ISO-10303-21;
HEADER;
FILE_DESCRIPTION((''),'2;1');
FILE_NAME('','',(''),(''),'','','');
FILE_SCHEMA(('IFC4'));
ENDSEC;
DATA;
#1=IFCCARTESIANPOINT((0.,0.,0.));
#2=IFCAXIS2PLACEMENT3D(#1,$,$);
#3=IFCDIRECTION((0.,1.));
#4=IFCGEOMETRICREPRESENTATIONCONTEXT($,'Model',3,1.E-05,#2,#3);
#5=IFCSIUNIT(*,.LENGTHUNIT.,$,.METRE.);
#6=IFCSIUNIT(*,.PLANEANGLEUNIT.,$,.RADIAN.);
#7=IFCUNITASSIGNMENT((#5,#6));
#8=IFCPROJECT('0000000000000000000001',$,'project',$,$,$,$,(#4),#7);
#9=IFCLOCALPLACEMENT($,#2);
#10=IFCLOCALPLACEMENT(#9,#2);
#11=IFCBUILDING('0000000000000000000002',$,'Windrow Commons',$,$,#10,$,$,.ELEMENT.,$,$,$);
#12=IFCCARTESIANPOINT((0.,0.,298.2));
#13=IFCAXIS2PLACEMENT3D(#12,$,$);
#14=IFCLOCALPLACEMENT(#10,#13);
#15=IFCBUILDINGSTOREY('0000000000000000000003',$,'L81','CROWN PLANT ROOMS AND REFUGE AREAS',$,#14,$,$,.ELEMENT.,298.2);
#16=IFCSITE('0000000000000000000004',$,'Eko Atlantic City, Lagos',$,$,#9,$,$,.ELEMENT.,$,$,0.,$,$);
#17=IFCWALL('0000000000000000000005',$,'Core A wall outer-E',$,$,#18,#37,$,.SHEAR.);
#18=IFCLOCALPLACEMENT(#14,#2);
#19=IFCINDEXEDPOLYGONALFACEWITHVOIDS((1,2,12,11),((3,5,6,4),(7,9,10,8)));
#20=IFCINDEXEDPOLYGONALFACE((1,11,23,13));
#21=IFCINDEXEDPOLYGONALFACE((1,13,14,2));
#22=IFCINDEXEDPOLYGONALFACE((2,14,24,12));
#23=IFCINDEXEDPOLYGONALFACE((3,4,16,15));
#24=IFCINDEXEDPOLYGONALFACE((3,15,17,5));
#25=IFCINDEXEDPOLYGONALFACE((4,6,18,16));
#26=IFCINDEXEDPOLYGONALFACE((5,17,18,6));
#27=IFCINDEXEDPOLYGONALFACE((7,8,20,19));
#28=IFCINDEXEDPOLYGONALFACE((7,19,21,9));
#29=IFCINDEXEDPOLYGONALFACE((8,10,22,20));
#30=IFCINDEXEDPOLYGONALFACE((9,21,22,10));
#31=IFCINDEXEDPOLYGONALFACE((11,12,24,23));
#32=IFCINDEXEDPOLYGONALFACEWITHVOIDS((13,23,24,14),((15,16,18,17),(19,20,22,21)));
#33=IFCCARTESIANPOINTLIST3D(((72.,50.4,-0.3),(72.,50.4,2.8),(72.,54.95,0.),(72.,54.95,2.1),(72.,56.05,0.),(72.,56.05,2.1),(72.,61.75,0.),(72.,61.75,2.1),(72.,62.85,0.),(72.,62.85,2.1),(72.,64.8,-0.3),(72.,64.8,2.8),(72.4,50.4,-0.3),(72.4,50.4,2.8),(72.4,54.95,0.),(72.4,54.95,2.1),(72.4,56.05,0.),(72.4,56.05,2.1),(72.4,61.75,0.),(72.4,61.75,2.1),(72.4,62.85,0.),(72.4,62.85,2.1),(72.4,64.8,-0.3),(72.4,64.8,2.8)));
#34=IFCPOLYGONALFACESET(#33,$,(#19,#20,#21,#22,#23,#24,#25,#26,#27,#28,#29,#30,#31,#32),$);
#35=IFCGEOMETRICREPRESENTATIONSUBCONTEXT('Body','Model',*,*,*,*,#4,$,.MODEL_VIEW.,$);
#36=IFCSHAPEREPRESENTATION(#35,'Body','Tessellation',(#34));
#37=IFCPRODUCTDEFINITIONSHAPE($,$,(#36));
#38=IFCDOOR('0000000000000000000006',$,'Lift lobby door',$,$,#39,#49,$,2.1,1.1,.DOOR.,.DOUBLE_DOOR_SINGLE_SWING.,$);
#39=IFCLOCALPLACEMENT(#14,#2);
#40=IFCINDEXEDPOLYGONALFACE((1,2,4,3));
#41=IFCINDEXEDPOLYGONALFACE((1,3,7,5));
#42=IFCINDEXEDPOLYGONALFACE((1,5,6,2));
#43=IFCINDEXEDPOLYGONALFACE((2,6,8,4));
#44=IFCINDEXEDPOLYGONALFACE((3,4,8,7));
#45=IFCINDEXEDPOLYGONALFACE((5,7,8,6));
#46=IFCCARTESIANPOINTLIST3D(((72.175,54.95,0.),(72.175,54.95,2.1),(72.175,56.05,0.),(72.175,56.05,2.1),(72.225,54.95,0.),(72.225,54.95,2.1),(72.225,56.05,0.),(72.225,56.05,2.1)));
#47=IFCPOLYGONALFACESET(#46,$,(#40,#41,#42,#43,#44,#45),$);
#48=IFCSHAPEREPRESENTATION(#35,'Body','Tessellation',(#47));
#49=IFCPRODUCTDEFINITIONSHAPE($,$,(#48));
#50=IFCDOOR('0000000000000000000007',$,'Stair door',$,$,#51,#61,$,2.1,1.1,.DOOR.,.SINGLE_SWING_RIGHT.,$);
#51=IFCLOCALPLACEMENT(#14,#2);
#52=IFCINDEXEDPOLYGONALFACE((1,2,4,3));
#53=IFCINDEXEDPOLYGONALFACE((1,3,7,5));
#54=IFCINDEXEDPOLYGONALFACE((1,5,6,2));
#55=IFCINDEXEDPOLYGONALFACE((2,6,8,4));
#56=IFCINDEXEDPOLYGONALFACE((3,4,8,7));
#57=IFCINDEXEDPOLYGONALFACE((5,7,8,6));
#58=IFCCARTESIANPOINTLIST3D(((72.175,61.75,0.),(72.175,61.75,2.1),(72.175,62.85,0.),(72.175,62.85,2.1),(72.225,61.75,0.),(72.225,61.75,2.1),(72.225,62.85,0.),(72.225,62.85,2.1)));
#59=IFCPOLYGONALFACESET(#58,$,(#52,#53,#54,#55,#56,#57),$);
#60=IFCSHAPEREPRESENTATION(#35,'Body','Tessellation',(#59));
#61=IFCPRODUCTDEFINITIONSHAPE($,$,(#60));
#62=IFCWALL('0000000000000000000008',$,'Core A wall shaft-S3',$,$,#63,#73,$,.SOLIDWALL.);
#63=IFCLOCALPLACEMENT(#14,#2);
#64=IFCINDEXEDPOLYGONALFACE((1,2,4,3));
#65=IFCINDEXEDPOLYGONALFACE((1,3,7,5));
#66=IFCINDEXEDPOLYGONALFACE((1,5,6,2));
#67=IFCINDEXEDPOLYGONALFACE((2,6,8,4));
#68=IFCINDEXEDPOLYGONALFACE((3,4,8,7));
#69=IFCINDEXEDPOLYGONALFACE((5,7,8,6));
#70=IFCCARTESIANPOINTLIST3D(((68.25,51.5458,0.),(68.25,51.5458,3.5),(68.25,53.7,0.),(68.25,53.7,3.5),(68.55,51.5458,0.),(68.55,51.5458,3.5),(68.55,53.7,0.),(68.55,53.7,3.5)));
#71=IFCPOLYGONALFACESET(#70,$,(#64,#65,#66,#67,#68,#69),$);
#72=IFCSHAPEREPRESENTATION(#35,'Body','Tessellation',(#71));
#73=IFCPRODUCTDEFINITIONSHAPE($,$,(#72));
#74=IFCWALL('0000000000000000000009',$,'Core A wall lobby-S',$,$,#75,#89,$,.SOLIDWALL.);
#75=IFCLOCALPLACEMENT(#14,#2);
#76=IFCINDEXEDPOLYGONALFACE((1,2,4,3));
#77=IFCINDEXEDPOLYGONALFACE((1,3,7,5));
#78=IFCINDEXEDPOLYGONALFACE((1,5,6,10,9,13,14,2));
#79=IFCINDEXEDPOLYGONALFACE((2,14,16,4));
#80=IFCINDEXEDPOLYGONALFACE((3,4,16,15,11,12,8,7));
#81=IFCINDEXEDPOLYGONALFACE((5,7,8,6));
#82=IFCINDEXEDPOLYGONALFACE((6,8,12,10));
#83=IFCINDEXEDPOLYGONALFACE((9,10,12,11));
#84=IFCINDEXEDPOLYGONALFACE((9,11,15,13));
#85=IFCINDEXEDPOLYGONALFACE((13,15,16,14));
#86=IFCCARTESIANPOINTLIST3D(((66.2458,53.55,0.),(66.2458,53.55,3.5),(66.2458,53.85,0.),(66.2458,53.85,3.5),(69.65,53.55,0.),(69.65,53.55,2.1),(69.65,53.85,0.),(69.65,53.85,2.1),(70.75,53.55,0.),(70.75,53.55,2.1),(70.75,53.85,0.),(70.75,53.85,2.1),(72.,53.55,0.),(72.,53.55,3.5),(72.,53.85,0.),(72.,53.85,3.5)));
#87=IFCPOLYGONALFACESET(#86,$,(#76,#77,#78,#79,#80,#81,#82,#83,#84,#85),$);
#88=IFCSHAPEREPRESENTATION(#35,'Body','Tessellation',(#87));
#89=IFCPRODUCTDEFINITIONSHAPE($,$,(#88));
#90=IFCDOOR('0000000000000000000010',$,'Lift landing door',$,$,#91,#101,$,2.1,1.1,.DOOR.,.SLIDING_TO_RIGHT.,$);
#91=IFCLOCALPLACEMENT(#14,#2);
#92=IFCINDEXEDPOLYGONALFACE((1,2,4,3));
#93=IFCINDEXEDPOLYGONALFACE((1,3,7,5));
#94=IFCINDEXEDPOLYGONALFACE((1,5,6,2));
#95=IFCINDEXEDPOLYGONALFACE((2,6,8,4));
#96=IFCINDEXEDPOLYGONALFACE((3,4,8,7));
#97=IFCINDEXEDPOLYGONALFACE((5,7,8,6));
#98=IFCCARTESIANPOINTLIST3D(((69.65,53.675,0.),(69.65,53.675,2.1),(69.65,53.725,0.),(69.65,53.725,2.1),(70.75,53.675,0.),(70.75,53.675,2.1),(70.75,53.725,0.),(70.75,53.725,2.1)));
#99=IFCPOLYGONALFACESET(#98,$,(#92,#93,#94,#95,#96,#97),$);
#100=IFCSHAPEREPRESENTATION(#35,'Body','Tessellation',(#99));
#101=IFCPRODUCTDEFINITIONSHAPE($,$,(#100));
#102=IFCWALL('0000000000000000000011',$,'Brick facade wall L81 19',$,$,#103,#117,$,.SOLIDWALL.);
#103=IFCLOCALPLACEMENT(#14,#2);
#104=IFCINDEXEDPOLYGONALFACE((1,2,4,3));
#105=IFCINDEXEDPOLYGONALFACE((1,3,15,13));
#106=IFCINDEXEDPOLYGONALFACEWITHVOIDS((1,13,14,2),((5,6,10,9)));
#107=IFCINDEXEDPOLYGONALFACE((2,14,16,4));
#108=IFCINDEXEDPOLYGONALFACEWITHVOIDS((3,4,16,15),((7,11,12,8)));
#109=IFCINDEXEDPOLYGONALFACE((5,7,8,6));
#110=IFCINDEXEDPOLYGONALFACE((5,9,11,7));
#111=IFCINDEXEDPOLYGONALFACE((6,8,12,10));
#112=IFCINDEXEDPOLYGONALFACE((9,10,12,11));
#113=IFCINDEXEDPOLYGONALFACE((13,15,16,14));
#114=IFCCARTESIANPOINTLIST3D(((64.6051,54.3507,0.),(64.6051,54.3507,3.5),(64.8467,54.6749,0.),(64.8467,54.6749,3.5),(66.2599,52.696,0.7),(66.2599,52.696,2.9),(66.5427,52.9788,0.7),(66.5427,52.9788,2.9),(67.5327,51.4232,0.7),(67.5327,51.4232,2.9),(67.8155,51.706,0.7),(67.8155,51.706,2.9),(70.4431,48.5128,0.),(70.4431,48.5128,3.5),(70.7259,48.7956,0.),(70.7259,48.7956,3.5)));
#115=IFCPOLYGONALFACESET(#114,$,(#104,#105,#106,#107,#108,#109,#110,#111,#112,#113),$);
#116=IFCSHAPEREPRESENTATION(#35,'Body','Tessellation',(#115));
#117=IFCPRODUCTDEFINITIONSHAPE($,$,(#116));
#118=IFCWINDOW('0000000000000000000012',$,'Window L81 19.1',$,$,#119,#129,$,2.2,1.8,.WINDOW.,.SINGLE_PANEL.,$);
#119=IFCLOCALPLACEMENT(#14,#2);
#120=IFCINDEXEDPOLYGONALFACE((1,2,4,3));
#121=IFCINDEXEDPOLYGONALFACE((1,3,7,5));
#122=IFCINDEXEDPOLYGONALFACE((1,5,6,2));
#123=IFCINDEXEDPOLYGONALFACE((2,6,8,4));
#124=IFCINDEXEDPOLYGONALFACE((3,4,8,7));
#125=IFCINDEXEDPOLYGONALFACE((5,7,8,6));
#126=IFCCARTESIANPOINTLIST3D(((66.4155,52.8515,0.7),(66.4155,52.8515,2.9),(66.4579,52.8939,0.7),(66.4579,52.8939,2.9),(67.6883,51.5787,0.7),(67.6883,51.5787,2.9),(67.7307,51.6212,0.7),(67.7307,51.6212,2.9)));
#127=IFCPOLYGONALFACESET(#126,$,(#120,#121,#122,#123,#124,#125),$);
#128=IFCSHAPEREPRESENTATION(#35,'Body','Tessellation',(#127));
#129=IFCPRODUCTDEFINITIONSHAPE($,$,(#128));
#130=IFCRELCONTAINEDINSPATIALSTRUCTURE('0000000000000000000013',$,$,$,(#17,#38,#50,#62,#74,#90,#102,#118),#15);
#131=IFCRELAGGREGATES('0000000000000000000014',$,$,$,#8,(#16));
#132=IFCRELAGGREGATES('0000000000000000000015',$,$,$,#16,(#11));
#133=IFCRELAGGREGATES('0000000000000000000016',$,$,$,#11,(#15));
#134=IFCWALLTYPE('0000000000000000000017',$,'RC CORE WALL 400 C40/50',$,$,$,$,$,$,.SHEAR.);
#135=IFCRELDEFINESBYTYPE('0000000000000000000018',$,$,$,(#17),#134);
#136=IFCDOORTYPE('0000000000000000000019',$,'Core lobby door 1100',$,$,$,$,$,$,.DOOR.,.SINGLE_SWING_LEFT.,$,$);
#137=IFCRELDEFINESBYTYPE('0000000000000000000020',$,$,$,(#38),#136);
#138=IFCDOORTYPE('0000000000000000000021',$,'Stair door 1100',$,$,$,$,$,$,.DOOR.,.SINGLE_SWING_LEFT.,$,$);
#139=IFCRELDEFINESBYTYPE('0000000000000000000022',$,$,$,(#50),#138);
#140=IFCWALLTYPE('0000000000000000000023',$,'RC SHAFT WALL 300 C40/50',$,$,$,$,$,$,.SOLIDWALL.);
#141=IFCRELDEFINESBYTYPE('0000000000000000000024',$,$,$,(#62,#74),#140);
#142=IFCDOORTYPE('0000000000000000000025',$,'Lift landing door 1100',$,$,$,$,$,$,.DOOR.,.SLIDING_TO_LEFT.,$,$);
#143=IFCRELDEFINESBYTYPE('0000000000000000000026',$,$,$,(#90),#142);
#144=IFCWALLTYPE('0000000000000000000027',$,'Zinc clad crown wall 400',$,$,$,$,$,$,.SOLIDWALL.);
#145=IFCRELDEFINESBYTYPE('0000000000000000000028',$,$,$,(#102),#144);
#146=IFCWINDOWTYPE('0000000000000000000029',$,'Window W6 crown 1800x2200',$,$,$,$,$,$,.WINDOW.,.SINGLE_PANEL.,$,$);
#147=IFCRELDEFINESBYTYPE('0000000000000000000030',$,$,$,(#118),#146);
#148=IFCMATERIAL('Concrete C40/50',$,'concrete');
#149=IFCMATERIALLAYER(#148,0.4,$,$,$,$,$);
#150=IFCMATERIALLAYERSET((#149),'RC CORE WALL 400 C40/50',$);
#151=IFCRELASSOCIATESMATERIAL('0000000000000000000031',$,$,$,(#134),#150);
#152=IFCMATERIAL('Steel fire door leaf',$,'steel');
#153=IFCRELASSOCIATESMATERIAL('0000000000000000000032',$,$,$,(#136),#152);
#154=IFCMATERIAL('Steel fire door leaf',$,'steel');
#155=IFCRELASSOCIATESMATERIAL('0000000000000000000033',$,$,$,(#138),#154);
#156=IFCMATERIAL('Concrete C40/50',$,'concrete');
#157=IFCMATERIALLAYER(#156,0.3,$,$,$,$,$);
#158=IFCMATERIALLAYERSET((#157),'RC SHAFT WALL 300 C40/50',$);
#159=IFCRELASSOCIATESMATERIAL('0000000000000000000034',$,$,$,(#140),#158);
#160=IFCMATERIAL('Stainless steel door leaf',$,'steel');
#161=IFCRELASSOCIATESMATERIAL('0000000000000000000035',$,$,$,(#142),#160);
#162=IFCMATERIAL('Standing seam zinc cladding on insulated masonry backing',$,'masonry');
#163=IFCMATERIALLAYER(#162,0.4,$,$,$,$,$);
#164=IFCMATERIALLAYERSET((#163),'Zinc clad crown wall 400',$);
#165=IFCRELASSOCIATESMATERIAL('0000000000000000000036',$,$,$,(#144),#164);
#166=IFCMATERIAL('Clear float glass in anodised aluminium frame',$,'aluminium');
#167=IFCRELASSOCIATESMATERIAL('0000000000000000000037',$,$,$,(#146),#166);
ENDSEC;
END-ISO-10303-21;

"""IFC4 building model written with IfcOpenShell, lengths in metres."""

from ifc_helpers import new_model, si_unit, direction, frame, frame_2d, origin, place, context, subcontext, project, spatial, polyline, rectangle, outline, extrude, material, layer, layer_set, type_object, element, fill, save


model = new_model("IFC4")

# Units and contexts
model_context = context("Model", 3, precision=1e-05, world=origin(), true_north=direction((0.0, 1.0)))
body_context = subcontext(model_context, "Body", "Model", "MODEL_VIEW")
ifc_project = project(units=[si_unit("LENGTHUNIT", "METRE"), si_unit("PLANEANGLEUNIT", "RADIAN")], contexts=[model_context])

# Site, building, storey
site_placement = place(None, origin())
site = spatial("IfcSite", under=ifc_project, at=site_placement, Name="Eko Atlantic City, Lagos", CompositionType="ELEMENT", RefElevation=0.0)
building_placement = place(site_placement, origin())
building = spatial("IfcBuilding", under=site, at=building_placement, Name="Windrow Commons", CompositionType="ELEMENT")
storey_placement = place(building_placement, frame((0.0, 0.0, 298.2)))
storey = spatial("IfcBuildingStorey", under=building, at=storey_placement, Name="L81", Description="CROWN PLANT ROOMS AND REFUGE AREAS", CompositionType="ELEMENT", Elevation=298.2)

# Shared definitions
ifc_material_1 = material(Name="Concrete C40/50", Category="concrete")
ifc_layer_1 = layer(ifc_material_1, 0.4)
ifc_layer_set_1 = layer_set([ifc_layer_1], Name="RC CORE WALL 400 C40/50")
wall_type_1 = type_object("IfcWallType", Name="RC CORE WALL 400 C40/50", PredefinedType="SHEAR", material=ifc_layer_set_1)

# Wall, openings, doors
wall_1_placement = place(storey_placement, frame((72.2, 50.4, -0.3), z_axis=(0.0, 0.0, 1.0), x_axis=(0.0, 1.0, 0.0)))
wall_1 = element("IfcWall", 1, at=wall_1_placement, inside=storey, type_object=wall_type_1, Name="Core A wall outer-E", PredefinedType="SHEAR", context=body_context, shape_type="SweptSolid", body=[
    extrude(outline(polyline([(0.0, 0.0), (14.4, 0.0), (14.4, 3.1), (0.0, 3.1), (0.0, 0.0)])), frame((0.0, 0.2, 0.0), z_axis=(0.0, -1.0, 0.0), x_axis=(1.0, 0.0, 0.0)), (0.0, 0.0, 1.0), 0.4),
])
opening_1_placement = place(wall_1_placement, frame((4.55, 0.0, 0.3)))
opening_1 = element("IfcOpeningElement", 2, at=opening_1_placement, cuts=wall_1, PredefinedType="OPENING", context=body_context, shape_type="SweptSolid", body=[
    extrude(rectangle(XDim=1.1, YDim=2.1, at=frame_2d((0.55, 1.05))), frame((0.0, 0.21, 0.0), z_axis=(0.0, -1.0, 0.0), x_axis=(1.0, 0.0, 0.0)), (0.0, 0.0, 1.0), 0.42),
])
opening_2_placement = place(wall_1_placement, frame((11.35, 0.0, 0.3)))
opening_2 = element("IfcOpeningElement", 3, at=opening_2_placement, cuts=wall_1, PredefinedType="OPENING", context=body_context, shape_type="SweptSolid", body=[
    extrude(rectangle(XDim=1.1, YDim=2.1, at=frame_2d((0.55, 1.05))), frame((0.0, 0.21, 0.0), z_axis=(0.0, -1.0, 0.0), x_axis=(1.0, 0.0, 0.0)), (0.0, 0.0, 1.0), 0.42),
])
ifc_material_2 = material(Name="Steel fire door leaf", Category="steel")
door_type_1 = type_object("IfcDoorType", Name="Core lobby door 1100", OperationType="SINGLE_SWING_LEFT", PredefinedType="DOOR", material=ifc_material_2)
door_1_placement = place(opening_1_placement, origin())
door_1 = element("IfcDoor", 4, at=door_1_placement, inside=storey, type_object=door_type_1, Name="Lift lobby door", OperationType="DOUBLE_DOOR_SINGLE_SWING", OverallHeight=2.1, OverallWidth=1.1, PredefinedType="DOOR", context=body_context, shape_type="SweptSolid", body=[
    extrude(rectangle(XDim=1.1, YDim=2.1, at=frame_2d((0.55, 1.05))), frame((0.0, 0.025, 0.0), z_axis=(0.0, -1.0, 0.0), x_axis=(1.0, 0.0, 0.0)), (0.0, 0.0, 1.0), 0.05),
])
fill(opening_1, door_1)
ifc_material_3 = material(Name="Steel fire door leaf", Category="steel")
door_type_2 = type_object("IfcDoorType", Name="Stair door 1100", OperationType="SINGLE_SWING_LEFT", PredefinedType="DOOR", material=ifc_material_3)
door_2_placement = place(opening_2_placement, origin())
door_2 = element("IfcDoor", 5, at=door_2_placement, inside=storey, type_object=door_type_2, Name="Stair door", OperationType="SINGLE_SWING_RIGHT", OverallHeight=2.1, OverallWidth=1.1, PredefinedType="DOOR", context=body_context, shape_type="SweptSolid", body=[
    extrude(rectangle(XDim=1.1, YDim=2.1, at=frame_2d((0.55, 1.05))), frame((0.0, 0.025, 0.0), z_axis=(0.0, -1.0, 0.0), x_axis=(1.0, 0.0, 0.0)), (0.0, 0.0, 1.0), 0.05),
])
fill(opening_2, door_2)

# Wall
ifc_material_4 = material(Name="Concrete C40/50", Category="concrete")
ifc_layer_2 = layer(ifc_material_4, 0.3)
ifc_layer_set_2 = layer_set([ifc_layer_2], Name="RC SHAFT WALL 300 C40/50")
wall_type_2 = type_object("IfcWallType", Name="RC SHAFT WALL 300 C40/50", PredefinedType="SOLIDWALL", material=ifc_layer_set_2)
wall_2_placement = place(storey_placement, frame((68.4, 51.5458, 0.0), z_axis=(0.0, 0.0, 1.0), x_axis=(0.0, 1.0, 0.0)))
element("IfcWall", 6, at=wall_2_placement, inside=storey, type_object=wall_type_2, Name="Core A wall shaft-S3", PredefinedType="SOLIDWALL", context=body_context, shape_type="SweptSolid", body=[
    extrude(outline(polyline([(0.0, 0.0), (2.1542, 0.0), (2.1542, 3.5), (0.0, 3.5), (0.0, 0.0)])), frame((0.0, 0.15, 0.0), z_axis=(0.0, -1.0, 0.0), x_axis=(1.0, 0.0, 0.0)), (0.0, 0.0, 1.0), 0.3),
])

# Wall, opening, door
wall_3_placement = place(storey_placement, frame((66.2458, 53.7, 0.0), z_axis=(0.0, 0.0, 1.0), x_axis=(1.0, 0.0, 0.0)))
wall_3 = element("IfcWall", 7, at=wall_3_placement, inside=storey, type_object=wall_type_2, Name="Core A wall lobby-S", PredefinedType="SOLIDWALL", context=body_context, shape_type="SweptSolid", body=[
    extrude(outline(polyline([(0.0, 0.0), (5.7542, 0.0), (5.7542, 3.5), (0.0, 3.5), (0.0, 0.0)])), frame((0.0, 0.15, 0.0), z_axis=(0.0, -1.0, 0.0), x_axis=(1.0, 0.0, 0.0)), (0.0, 0.0, 1.0), 0.3),
])
opening_3_placement = place(wall_3_placement, frame((3.4042, 0.0, 0.0)))
opening_3 = element("IfcOpeningElement", 8, at=opening_3_placement, cuts=wall_3, PredefinedType="OPENING", context=body_context, shape_type="SweptSolid", body=[
    extrude(rectangle(XDim=1.1, YDim=2.1, at=frame_2d((0.55, 1.05))), frame((0.0, 0.16, 0.0), z_axis=(0.0, -1.0, 0.0), x_axis=(1.0, 0.0, 0.0)), (0.0, 0.0, 1.0), 0.32),
])
ifc_material_5 = material(Name="Stainless steel door leaf", Category="steel")
door_type_3 = type_object("IfcDoorType", Name="Lift landing door 1100", OperationType="SLIDING_TO_LEFT", PredefinedType="DOOR", material=ifc_material_5)
door_3_placement = place(opening_3_placement, origin())
door_3 = element("IfcDoor", 9, at=door_3_placement, inside=storey, type_object=door_type_3, Name="Lift landing door", OperationType="SLIDING_TO_RIGHT", OverallHeight=2.1, OverallWidth=1.1, PredefinedType="DOOR", context=body_context, shape_type="SweptSolid", body=[
    extrude(rectangle(XDim=1.1, YDim=2.1, at=frame_2d((0.55, 1.05))), frame((0.0, 0.025, 0.0), z_axis=(0.0, -1.0, 0.0), x_axis=(1.0, 0.0, 0.0)), (0.0, 0.0, 1.0), 0.05),
])
fill(opening_3, door_3)

# Wall, opening, window
ifc_material_6 = material(Name="Standing seam zinc cladding on insulated masonry backing", Category="masonry")
ifc_layer_3 = layer(ifc_material_6, 0.4)
ifc_layer_set_3 = layer_set([ifc_layer_3], Name="Zinc clad crown wall 400")
wall_type_3 = type_object("IfcWallType", Name="Zinc clad crown wall 400", PredefinedType="SOLIDWALL", material=ifc_layer_set_3)
wall_4_placement = place(storey_placement, frame((64.7259, 54.5128, 0.0), z_axis=(0.0, 0.0, 1.0), x_axis=(0.707107, -0.707107, 0.0)))
wall_4 = element("IfcWall", 10, at=wall_4_placement, inside=storey, type_object=wall_type_3, Name="Brick facade wall L81 19", PredefinedType="SOLIDWALL", context=body_context, shape_type="SweptSolid", body=[
    extrude(outline(polyline([(0.0292, -0.2), (8.2853, -0.2), (8.2853, 0.2), (-0.0292, 0.2), (0.0292, -0.2)])), origin(), (0.0, 0.0, 1.0), 3.5),
])
opening_4_placement = place(wall_4_placement, frame((2.3694, 0.0, 0.7)))
opening_4 = element("IfcOpeningElement", 11, at=opening_4_placement, cuts=wall_4, PredefinedType="OPENING", context=body_context, shape_type="SweptSolid", body=[
    extrude(rectangle(XDim=1.8, YDim=2.2, at=frame_2d((0.9, 1.1))), frame((0.0, 0.21, 0.0), z_axis=(0.0, -1.0, 0.0), x_axis=(1.0, 0.0, 0.0)), (0.0, 0.0, 1.0), 0.42),
])
ifc_material_7 = material(Name="Clear float glass in anodised aluminium frame", Category="aluminium")
window_type = type_object("IfcWindowType", Name="Window W6 crown 1800x2200", PartitioningType="SINGLE_PANEL", PredefinedType="WINDOW", material=ifc_material_7)
window_1_placement = place(opening_4_placement, origin())
window_1 = element("IfcWindow", 12, at=window_1_placement, inside=storey, type_object=window_type, Name="Window L81 19.1", OverallHeight=2.2, OverallWidth=1.8, PartitioningType="SINGLE_PANEL", PredefinedType="WINDOW", context=body_context, shape_type="SweptSolid", body=[
    extrude(rectangle(XDim=1.8, YDim=2.2, at=frame_2d((0.9, 1.1))), frame((0.0, 0.08, 0.0), z_axis=(0.0, -1.0, 0.0), x_axis=(1.0, 0.0, 0.0)), (0.0, 0.0, 1.0), 0.06),
])
fill(opening_4, window_1)

save(model, "model.ifc")
